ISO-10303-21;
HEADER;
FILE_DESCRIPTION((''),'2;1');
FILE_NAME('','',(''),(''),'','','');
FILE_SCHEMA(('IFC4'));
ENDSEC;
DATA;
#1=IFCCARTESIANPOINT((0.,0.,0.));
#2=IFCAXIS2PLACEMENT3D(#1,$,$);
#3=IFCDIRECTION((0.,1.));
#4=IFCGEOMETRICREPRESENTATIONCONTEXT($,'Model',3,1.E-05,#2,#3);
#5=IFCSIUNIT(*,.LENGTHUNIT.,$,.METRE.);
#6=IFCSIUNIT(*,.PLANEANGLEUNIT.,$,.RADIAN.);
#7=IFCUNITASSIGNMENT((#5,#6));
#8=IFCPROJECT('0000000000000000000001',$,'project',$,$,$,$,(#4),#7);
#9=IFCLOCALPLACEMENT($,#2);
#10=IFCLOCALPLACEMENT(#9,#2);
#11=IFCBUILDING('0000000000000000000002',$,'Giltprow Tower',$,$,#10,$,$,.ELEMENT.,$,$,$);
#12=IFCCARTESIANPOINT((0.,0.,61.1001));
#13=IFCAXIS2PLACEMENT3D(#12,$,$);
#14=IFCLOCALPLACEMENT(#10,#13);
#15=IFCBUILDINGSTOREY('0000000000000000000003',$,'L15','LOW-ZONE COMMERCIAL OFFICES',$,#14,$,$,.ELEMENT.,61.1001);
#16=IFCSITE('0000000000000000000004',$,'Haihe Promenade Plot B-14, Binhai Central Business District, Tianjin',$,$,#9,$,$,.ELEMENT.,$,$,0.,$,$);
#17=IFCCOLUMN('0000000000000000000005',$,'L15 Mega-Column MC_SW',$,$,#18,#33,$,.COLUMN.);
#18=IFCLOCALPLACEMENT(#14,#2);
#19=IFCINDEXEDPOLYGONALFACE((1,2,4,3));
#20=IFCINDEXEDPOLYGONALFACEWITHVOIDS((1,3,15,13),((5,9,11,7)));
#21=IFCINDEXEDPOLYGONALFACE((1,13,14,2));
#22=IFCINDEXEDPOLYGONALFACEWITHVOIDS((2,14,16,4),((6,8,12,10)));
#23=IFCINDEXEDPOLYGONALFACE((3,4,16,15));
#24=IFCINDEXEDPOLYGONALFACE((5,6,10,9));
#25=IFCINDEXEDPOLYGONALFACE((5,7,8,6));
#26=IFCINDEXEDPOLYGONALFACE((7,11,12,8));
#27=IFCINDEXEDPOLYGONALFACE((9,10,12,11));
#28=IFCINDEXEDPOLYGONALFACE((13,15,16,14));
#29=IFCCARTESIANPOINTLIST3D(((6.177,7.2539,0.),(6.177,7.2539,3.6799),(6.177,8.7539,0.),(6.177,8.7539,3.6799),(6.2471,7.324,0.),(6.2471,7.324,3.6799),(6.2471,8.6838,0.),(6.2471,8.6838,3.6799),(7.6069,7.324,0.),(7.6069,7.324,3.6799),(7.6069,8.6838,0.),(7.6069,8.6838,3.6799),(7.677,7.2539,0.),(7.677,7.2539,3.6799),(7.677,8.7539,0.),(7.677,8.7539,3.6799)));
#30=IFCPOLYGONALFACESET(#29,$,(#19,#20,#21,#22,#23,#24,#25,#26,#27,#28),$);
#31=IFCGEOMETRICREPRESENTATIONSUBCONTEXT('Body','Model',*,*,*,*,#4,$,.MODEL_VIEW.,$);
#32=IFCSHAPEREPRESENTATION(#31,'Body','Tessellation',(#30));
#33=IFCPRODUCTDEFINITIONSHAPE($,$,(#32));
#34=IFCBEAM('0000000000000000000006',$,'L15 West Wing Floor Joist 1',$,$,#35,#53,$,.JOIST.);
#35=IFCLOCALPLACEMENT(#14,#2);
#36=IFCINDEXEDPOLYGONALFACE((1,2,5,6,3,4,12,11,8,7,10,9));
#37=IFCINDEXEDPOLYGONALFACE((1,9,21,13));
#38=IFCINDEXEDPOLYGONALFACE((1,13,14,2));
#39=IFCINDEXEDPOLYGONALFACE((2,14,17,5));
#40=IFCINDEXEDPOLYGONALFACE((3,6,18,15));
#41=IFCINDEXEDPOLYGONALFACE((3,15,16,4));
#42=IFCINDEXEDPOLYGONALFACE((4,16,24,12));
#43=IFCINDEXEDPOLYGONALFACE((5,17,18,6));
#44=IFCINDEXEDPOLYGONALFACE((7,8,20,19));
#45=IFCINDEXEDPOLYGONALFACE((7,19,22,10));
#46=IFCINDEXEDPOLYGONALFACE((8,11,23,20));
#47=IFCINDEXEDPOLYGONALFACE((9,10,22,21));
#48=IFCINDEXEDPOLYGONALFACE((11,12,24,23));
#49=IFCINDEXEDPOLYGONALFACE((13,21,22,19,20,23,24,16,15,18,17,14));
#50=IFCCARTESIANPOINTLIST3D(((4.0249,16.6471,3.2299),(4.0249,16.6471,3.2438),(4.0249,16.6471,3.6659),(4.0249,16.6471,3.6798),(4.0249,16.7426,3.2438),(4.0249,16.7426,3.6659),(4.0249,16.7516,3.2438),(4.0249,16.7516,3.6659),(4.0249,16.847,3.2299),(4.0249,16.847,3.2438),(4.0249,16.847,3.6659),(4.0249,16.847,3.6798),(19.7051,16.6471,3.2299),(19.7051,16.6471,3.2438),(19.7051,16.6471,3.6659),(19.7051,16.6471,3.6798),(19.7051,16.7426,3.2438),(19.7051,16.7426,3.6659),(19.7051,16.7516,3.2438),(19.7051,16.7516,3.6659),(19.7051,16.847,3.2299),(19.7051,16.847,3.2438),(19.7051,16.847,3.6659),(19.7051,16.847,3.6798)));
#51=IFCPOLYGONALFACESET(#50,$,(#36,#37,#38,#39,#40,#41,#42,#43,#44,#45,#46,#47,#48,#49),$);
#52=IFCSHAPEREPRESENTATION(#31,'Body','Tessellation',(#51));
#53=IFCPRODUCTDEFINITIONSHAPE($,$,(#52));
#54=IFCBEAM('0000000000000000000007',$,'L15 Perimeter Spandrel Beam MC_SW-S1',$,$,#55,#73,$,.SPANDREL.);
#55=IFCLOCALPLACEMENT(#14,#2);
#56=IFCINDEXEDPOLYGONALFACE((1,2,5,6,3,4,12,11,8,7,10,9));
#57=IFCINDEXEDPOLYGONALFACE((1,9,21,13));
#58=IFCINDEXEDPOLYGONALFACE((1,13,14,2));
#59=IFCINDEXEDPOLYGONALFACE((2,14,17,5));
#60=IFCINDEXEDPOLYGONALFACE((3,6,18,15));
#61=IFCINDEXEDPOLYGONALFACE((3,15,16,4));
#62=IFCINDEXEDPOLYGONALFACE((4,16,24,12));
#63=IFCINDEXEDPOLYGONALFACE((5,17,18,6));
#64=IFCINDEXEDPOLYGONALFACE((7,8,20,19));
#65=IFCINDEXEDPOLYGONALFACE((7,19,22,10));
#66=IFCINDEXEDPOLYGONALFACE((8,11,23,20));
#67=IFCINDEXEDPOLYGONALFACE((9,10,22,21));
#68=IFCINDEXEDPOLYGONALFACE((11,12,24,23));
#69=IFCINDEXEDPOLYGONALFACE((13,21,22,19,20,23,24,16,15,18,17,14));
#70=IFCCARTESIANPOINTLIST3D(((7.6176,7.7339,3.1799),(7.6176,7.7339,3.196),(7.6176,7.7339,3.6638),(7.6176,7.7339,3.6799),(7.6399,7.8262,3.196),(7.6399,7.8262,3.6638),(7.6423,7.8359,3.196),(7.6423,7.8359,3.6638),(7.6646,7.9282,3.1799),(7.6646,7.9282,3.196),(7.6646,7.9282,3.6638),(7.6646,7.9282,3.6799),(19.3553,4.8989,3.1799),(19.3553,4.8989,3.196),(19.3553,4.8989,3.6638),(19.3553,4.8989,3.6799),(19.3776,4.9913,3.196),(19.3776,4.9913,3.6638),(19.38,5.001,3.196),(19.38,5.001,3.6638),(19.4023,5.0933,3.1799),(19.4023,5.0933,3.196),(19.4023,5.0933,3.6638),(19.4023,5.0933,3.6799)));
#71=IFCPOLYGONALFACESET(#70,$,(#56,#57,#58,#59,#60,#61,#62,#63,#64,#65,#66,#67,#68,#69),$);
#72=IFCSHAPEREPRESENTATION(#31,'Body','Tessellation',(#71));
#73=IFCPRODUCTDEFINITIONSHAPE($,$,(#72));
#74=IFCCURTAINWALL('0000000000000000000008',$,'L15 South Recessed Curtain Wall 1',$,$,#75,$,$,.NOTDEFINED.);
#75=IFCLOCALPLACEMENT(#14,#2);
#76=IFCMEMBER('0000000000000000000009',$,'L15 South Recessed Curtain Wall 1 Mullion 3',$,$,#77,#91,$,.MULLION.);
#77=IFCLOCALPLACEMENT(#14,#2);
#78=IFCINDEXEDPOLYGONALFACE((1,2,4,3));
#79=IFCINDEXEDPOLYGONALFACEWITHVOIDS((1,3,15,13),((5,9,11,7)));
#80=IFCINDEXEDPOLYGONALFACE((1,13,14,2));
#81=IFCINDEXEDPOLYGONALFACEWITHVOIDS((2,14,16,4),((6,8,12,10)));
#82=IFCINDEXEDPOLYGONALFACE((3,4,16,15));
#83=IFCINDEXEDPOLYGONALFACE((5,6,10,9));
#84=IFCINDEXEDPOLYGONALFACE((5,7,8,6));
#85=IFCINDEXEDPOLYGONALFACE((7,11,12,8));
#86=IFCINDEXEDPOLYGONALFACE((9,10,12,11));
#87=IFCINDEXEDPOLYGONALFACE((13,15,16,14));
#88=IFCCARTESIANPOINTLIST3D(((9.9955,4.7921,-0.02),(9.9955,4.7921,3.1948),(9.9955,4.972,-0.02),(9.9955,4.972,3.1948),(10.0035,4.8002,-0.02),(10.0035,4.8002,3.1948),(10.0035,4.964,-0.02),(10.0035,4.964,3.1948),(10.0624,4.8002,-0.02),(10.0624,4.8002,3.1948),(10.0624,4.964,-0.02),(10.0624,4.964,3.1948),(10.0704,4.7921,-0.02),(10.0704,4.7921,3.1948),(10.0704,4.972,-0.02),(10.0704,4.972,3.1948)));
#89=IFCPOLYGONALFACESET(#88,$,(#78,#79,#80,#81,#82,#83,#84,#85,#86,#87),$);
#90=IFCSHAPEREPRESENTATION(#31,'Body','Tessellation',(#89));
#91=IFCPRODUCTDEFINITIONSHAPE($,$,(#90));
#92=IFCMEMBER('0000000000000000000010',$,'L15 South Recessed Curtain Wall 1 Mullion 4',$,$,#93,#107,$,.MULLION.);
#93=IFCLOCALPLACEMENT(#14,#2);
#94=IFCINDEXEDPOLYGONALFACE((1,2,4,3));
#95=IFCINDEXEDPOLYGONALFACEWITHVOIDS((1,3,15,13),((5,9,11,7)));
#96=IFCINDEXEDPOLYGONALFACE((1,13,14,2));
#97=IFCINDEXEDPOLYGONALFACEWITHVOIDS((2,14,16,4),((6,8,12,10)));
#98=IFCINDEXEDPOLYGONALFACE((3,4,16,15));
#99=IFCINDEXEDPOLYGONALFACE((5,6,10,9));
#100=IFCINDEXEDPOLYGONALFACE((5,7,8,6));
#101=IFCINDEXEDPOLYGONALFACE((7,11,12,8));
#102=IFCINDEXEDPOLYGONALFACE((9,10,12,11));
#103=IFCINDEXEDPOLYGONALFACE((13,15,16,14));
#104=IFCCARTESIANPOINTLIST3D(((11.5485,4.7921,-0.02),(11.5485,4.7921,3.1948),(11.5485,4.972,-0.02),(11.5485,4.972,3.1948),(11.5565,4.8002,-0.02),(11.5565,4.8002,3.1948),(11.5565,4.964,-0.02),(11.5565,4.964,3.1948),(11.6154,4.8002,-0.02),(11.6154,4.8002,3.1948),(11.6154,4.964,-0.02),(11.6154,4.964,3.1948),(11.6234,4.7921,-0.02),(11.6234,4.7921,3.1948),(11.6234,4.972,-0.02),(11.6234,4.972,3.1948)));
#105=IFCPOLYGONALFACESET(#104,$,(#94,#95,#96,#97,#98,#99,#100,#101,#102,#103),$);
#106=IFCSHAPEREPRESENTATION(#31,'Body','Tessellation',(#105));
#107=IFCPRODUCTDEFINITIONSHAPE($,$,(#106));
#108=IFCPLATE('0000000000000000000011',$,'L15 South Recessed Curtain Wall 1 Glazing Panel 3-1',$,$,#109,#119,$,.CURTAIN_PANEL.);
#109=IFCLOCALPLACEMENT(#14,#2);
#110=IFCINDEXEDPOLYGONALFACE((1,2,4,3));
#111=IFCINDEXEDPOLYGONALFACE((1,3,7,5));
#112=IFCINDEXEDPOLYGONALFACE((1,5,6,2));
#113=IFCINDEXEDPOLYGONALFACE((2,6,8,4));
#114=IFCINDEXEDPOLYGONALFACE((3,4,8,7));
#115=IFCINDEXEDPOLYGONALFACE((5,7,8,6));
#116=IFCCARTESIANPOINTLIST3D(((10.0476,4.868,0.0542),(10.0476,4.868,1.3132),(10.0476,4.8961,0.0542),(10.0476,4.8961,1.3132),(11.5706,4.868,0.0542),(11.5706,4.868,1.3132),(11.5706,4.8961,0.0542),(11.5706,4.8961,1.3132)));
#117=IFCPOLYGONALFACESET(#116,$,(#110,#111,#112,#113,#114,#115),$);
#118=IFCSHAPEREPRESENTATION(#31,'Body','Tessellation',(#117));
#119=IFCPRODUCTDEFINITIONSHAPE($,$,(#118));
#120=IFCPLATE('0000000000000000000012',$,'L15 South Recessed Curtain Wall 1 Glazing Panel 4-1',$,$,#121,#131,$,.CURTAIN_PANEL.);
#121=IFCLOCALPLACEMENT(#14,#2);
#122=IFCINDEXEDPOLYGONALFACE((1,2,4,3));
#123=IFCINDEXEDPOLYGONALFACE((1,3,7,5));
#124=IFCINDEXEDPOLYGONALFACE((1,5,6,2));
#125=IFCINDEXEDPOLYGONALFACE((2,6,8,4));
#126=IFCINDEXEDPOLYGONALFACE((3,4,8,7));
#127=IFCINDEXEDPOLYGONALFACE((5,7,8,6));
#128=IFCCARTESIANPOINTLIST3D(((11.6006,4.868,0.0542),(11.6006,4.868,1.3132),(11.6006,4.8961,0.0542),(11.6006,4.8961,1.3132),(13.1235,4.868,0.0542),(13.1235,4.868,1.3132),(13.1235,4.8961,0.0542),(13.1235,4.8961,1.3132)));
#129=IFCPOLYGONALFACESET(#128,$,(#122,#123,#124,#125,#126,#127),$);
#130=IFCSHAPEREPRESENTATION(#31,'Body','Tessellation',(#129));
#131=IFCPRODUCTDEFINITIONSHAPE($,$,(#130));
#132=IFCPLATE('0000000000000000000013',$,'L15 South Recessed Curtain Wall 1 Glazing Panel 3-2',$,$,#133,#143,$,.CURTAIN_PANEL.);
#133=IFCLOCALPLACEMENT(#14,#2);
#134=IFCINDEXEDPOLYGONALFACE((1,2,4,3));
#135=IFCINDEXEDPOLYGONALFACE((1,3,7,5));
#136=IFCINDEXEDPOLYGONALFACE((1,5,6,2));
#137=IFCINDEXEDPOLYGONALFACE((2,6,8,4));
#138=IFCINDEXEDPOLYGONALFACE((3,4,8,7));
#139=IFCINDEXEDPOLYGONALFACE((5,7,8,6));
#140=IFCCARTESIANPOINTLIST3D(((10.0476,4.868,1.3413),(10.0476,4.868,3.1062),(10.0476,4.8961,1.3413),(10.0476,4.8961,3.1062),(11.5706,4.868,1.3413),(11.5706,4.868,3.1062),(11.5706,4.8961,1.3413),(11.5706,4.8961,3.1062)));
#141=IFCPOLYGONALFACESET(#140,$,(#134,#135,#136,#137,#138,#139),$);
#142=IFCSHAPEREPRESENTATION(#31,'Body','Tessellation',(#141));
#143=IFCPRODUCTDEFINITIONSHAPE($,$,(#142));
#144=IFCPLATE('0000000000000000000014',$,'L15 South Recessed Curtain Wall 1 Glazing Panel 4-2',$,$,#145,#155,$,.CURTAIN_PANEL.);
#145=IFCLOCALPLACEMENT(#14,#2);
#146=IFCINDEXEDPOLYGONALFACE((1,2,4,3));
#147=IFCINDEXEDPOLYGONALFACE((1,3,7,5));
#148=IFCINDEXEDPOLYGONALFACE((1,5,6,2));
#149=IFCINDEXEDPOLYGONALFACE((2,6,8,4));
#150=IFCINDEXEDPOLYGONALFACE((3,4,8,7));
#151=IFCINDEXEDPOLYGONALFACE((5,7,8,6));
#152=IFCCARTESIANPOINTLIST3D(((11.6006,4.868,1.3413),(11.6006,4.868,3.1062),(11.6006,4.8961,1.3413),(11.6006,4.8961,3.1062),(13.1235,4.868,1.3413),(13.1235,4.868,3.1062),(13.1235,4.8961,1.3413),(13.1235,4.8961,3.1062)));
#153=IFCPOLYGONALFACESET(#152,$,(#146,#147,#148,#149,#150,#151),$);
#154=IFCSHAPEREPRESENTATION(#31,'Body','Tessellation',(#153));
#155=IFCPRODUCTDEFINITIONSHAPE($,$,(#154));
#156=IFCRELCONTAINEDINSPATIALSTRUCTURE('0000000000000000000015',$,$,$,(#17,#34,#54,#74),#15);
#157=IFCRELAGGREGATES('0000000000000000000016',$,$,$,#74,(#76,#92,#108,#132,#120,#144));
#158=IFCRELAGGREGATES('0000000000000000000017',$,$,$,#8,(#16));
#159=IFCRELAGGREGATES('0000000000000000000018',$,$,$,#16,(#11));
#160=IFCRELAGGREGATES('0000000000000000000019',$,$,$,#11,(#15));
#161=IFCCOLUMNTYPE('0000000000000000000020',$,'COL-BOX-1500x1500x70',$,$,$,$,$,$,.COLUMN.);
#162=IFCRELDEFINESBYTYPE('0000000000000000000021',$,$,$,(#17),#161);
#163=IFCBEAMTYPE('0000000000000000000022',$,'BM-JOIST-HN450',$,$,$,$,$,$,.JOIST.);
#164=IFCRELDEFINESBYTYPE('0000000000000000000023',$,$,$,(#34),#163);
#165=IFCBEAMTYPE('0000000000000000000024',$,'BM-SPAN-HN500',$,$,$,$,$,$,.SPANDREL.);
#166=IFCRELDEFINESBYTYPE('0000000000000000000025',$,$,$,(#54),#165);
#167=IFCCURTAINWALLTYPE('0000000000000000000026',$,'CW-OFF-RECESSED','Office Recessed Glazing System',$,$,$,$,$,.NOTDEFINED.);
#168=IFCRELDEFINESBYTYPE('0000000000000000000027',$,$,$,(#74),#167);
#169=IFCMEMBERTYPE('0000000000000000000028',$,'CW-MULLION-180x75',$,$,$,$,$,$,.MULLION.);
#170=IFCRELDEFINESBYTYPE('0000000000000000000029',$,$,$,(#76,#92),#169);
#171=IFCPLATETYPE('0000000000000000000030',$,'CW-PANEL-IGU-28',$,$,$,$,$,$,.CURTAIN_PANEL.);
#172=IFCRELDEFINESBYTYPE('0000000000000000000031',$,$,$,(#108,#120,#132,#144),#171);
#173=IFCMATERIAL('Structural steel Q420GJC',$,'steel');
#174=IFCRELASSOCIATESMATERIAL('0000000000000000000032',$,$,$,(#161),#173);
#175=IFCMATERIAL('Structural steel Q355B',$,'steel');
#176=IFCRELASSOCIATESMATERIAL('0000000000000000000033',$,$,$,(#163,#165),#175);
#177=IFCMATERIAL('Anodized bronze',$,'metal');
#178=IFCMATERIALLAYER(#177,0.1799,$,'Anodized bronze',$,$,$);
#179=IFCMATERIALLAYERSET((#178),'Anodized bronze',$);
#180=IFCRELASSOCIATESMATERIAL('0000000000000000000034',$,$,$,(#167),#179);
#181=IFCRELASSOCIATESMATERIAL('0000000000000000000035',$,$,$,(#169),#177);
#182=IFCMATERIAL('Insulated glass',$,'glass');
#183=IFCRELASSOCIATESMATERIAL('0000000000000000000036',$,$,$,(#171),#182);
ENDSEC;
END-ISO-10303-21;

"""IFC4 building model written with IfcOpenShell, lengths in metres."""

from ifc_helpers import new_model, si_unit, direction, frame, origin, origin_2d, place, context, subcontext, project, spatial, rectangle, hollow_rectangle, i_section, extrude, source, transform, mapped, material, layer, layer_set, material_profile, profile_set, type_object, element, aggregate, save


model = new_model("IFC4")

# Units and contexts
model_context = context("Model", 3, precision=1e-05, world=origin(), true_north=direction((0.0, 1.0)))
body_context = subcontext(model_context, "Body", "Model", "MODEL_VIEW")
ifc_project = project(units=[si_unit("LENGTHUNIT", "METRE"), si_unit("PLANEANGLEUNIT", "RADIAN")], contexts=[model_context])

# Site, building, storey
site_placement = place(None, origin())
site = spatial("IfcSite", under=ifc_project, at=site_placement, Name="Haihe Promenade Plot B-14, Binhai Central Business District, Tianjin", CompositionType="ELEMENT", RefElevation=0.0)
building_placement = place(site_placement, origin())
building = spatial("IfcBuilding", under=site, at=building_placement, Name="Giltprow Tower", CompositionType="ELEMENT")
storey_placement = place(building_placement, frame((0.0, 0.0, 61.1001)))
storey = spatial("IfcBuildingStorey", under=building, at=storey_placement, Name="L15", Description="LOW-ZONE COMMERCIAL OFFICES", CompositionType="ELEMENT", Elevation=61.1001)

# Column
ifc_material_1 = material(Name="Structural steel Q420GJC", Category="steel")
ifc_material_profile_1 = material_profile(ifc_material_1, hollow_rectangle(XDim=1.5, YDim=1.5, WallThickness=0.0701, at=origin_2d()), Name="BOX 1500x1500x70")
ifc_profile_set_1 = profile_set([ifc_material_profile_1], Name="Structural steel Q420GJC")
column_type = type_object("IfcColumnType", Name="COL-BOX-1500x1500x70", PredefinedType="COLUMN", material=ifc_profile_set_1)
shared_shape_1 = source(origin(), body_context, "Body", "SweptSolid", [
    extrude(hollow_rectangle(XDim=1.5, YDim=1.5, WallThickness=0.0701, at=origin_2d()), origin(), (0.0, 0.0, 1.0), 3.6799),
])
column_placement = place(storey_placement, frame((6.927, 8.0039, 0.0), z_axis=(0.0, 0.0, 1.0), x_axis=(1.0, 0.0, 0.0)))
element("IfcColumn", 1, at=column_placement, inside=storey, type_object=column_type, Name="L15 Mega-Column MC_SW", PredefinedType="COLUMN", context=body_context, shape_type="MappedRepresentation", body=[
    mapped(shared_shape_1, transform((0.0, 0.0, 0.0), x_axis=(1.0, 0.0, 0.0), y_axis=(0.0, 1.0, 0.0), z_axis=(0.0, 0.0, 1.0), scale=1.0)),
])

# Beams
ifc_material_2 = material(Name="Structural steel Q355B", Category="steel")
ifc_material_profile_2 = material_profile(ifc_material_2, i_section(OverallWidth=0.2, OverallDepth=0.45, WebThickness=0.009, FlangeThickness=0.0139, at=origin_2d()), Name="HN 450x200x9x14")
ifc_profile_set_2 = profile_set([ifc_material_profile_2], Name="Structural steel Q355B")
beam_type_1 = type_object("IfcBeamType", Name="BM-JOIST-HN450", PredefinedType="JOIST", material=ifc_profile_set_2)
shared_shape_2 = source(origin(), body_context, "Body", "SweptSolid", [
    extrude(i_section(OverallWidth=0.2, OverallDepth=0.45, WebThickness=0.009, FlangeThickness=0.0139, at=origin_2d()), origin(), (0.0, 0.0, 1.0), 15.6802),
])
beam_1_placement = place(storey_placement, frame((4.0249, 16.7471, 3.4548), z_axis=(1.0, 0.0, 0.0), x_axis=(0.0, 1.0, 0.0)))
element("IfcBeam", 2, at=beam_1_placement, inside=storey, type_object=beam_type_1, Name="L15 West Wing Floor Joist 1", PredefinedType="JOIST", context=body_context, shape_type="MappedRepresentation", body=[
    mapped(shared_shape_2, transform((0.0, 0.0, 0.0), x_axis=(1.0, 0.0, 0.0), y_axis=(0.0, 1.0, 0.0), z_axis=(0.0, 0.0, 1.0), scale=1.0)),
])
ifc_material_profile_3 = material_profile(ifc_material_2, i_section(OverallWidth=0.2, OverallDepth=0.5, WebThickness=0.01, FlangeThickness=0.0161, at=origin_2d()), Name="HN 500x200x10x16")
ifc_profile_set_3 = profile_set([ifc_material_profile_3], Name="Structural steel Q355B")
beam_type_2 = type_object("IfcBeamType", Name="BM-SPAN-HN500", PredefinedType="SPANDREL", material=ifc_profile_set_3)
shared_shape_3 = source(origin(), body_context, "Body", "SweptSolid", [
    extrude(i_section(OverallWidth=0.2, OverallDepth=0.5, WebThickness=0.01, FlangeThickness=0.0161, at=origin_2d()), origin(), (0.0, 0.0, 1.0), 12.0752),
])
beam_2_placement = place(storey_placement, frame((7.6411, 7.8311, 3.4299), z_axis=(0.97205, -0.234774, 0.0), x_axis=(0.234774, 0.97205, 0.0)))
element("IfcBeam", 3, at=beam_2_placement, inside=storey, type_object=beam_type_2, Name="L15 Perimeter Spandrel Beam MC_SW-S1", PredefinedType="SPANDREL", context=body_context, shape_type="MappedRepresentation", body=[
    mapped(shared_shape_3, transform((0.0, 0.0, 0.0), x_axis=(1.0, 0.0, 0.0), y_axis=(0.0, 1.0, 0.0), z_axis=(0.0, 0.0, 1.0), scale=1.0)),
])

# Curtain wall, members, plates
ifc_material_3 = material(Name="Anodized bronze", Category="metal")
ifc_layer_1 = layer(ifc_material_3, 0.1799, Name="Anodized bronze")
ifc_layer_set_1 = layer_set([ifc_layer_1], Name="Anodized bronze")
curtain_wall_type = type_object("IfcCurtainWallType", Name="CW-OFF-RECESSED", Description="Office Recessed Glazing System", PredefinedType="NOTDEFINED", material=ifc_layer_set_1)
curtain_wall_placement = place(storey_placement, origin())
curtain_wall = element("IfcCurtainWall", 4, at=curtain_wall_placement, inside=storey, type_object=curtain_wall_type, Name="L15 South Recessed Curtain Wall 1", PredefinedType="NOTDEFINED")
ifc_material_profile_4 = material_profile(ifc_material_3, hollow_rectangle(XDim=0.075, YDim=0.1799, WallThickness=0.0081, at=origin_2d()), Name="RHS 180x75x8")
ifc_profile_set_4 = profile_set([ifc_material_profile_4], Name="Anodized bronze")
member_type = type_object("IfcMemberType", Name="CW-MULLION-180x75", PredefinedType="MULLION", material=ifc_profile_set_4)
shared_shape_4 = source(origin(), body_context, "Body", "SweptSolid", [
    extrude(hollow_rectangle(XDim=0.075, YDim=0.1799, WallThickness=0.0081, at=origin_2d()), origin(), (0.0, 0.0, 1.0), 3.2148),
])
member_1_placement = place(storey_placement, frame((10.033, 4.8821, -0.02), z_axis=(0.0, 0.0, 1.0), x_axis=(1.0, 0.0, 0.0)))
member_1 = element("IfcMember", 5, at=member_1_placement, type_object=member_type, Name="L15 South Recessed Curtain Wall 1 Mullion 3", PredefinedType="MULLION", context=body_context, shape_type="MappedRepresentation", body=[
    mapped(shared_shape_4, transform((0.0, 0.0, 0.0), x_axis=(1.0, 0.0, 0.0), y_axis=(0.0, 1.0, 0.0), z_axis=(0.0, 0.0, 1.0), scale=1.0)),
])
member_2_placement = place(storey_placement, frame((11.5859, 4.8821, -0.02), z_axis=(0.0, 0.0, 1.0), x_axis=(1.0, 0.0, 0.0)))
member_2 = element("IfcMember", 6, at=member_2_placement, type_object=member_type, Name="L15 South Recessed Curtain Wall 1 Mullion 4", PredefinedType="MULLION", context=body_context, shape_type="MappedRepresentation", body=[
    mapped(shared_shape_4, transform((0.0, 0.0, 0.0), x_axis=(1.0, 0.0, 0.0), y_axis=(0.0, 1.0, 0.0), z_axis=(0.0, 0.0, 1.0), scale=1.0)),
])
ifc_material_4 = material(Name="Insulated glass", Category="glass")
plate_type = type_object("IfcPlateType", Name="CW-PANEL-IGU-28", PredefinedType="CURTAIN_PANEL", material=ifc_material_4)
shared_shape_5 = source(origin(), body_context, "Body", "SweptSolid", [
    extrude(rectangle(XDim=1.5229, YDim=0.0281, at=origin_2d()), origin(), (0.0, 0.0, 1.0), 1.259),
])
plate_1_placement = place(storey_placement, frame((10.8091, 4.8821, 0.0542), z_axis=(0.0, 0.0, 1.0), x_axis=(1.0, 0.0, 0.0)))
plate_1 = element("IfcPlate", 7, at=plate_1_placement, type_object=plate_type, Name="L15 South Recessed Curtain Wall 1 Glazing Panel 3-1", PredefinedType="CURTAIN_PANEL", context=body_context, shape_type="MappedRepresentation", body=[
    mapped(shared_shape_5, transform((0.0, 0.0, 0.0), x_axis=(1.0, 0.0, 0.0), y_axis=(0.0, 1.0, 0.0), z_axis=(0.0, 0.0, 1.0), scale=1.0)),
])
plate_2_placement = place(storey_placement, frame((12.3621, 4.8821, 0.0542), z_axis=(0.0, 0.0, 1.0), x_axis=(1.0, 0.0, 0.0)))
plate_2 = element("IfcPlate", 8, at=plate_2_placement, type_object=plate_type, Name="L15 South Recessed Curtain Wall 1 Glazing Panel 4-1", PredefinedType="CURTAIN_PANEL", context=body_context, shape_type="MappedRepresentation", body=[
    mapped(shared_shape_5, transform((0.0, 0.0, 0.0), x_axis=(1.0, 0.0, 0.0), y_axis=(0.0, 1.0, 0.0), z_axis=(0.0, 0.0, 1.0), scale=1.0)),
])
shared_shape_6 = source(origin(), body_context, "Body", "SweptSolid", [
    extrude(rectangle(XDim=1.5229, YDim=0.0281, at=origin_2d()), origin(), (0.0, 0.0, 1.0), 1.7649),
])
plate_3_placement = place(storey_placement, frame((10.8091, 4.8821, 1.3413), z_axis=(0.0, 0.0, 1.0), x_axis=(1.0, 0.0, 0.0)))
plate_3 = element("IfcPlate", 9, at=plate_3_placement, type_object=plate_type, Name="L15 South Recessed Curtain Wall 1 Glazing Panel 3-2", PredefinedType="CURTAIN_PANEL", context=body_context, shape_type="MappedRepresentation", body=[
    mapped(shared_shape_6, transform((0.0, 0.0, 0.0), x_axis=(1.0, 0.0, 0.0), y_axis=(0.0, 1.0, 0.0), z_axis=(0.0, 0.0, 1.0), scale=1.0)),
])
plate_4_placement = place(storey_placement, frame((12.3621, 4.8821, 1.3413), z_axis=(0.0, 0.0, 1.0), x_axis=(1.0, 0.0, 0.0)))
plate_4 = element("IfcPlate", 10, at=plate_4_placement, type_object=plate_type, Name="L15 South Recessed Curtain Wall 1 Glazing Panel 4-2", PredefinedType="CURTAIN_PANEL", context=body_context, shape_type="MappedRepresentation", body=[
    mapped(shared_shape_6, transform((0.0, 0.0, 0.0), x_axis=(1.0, 0.0, 0.0), y_axis=(0.0, 1.0, 0.0), z_axis=(0.0, 0.0, 1.0), scale=1.0)),
])
aggregate(curtain_wall, [member_1, member_2, plate_1, plate_3, plate_2, plate_4])

save(model, "model.ifc")
